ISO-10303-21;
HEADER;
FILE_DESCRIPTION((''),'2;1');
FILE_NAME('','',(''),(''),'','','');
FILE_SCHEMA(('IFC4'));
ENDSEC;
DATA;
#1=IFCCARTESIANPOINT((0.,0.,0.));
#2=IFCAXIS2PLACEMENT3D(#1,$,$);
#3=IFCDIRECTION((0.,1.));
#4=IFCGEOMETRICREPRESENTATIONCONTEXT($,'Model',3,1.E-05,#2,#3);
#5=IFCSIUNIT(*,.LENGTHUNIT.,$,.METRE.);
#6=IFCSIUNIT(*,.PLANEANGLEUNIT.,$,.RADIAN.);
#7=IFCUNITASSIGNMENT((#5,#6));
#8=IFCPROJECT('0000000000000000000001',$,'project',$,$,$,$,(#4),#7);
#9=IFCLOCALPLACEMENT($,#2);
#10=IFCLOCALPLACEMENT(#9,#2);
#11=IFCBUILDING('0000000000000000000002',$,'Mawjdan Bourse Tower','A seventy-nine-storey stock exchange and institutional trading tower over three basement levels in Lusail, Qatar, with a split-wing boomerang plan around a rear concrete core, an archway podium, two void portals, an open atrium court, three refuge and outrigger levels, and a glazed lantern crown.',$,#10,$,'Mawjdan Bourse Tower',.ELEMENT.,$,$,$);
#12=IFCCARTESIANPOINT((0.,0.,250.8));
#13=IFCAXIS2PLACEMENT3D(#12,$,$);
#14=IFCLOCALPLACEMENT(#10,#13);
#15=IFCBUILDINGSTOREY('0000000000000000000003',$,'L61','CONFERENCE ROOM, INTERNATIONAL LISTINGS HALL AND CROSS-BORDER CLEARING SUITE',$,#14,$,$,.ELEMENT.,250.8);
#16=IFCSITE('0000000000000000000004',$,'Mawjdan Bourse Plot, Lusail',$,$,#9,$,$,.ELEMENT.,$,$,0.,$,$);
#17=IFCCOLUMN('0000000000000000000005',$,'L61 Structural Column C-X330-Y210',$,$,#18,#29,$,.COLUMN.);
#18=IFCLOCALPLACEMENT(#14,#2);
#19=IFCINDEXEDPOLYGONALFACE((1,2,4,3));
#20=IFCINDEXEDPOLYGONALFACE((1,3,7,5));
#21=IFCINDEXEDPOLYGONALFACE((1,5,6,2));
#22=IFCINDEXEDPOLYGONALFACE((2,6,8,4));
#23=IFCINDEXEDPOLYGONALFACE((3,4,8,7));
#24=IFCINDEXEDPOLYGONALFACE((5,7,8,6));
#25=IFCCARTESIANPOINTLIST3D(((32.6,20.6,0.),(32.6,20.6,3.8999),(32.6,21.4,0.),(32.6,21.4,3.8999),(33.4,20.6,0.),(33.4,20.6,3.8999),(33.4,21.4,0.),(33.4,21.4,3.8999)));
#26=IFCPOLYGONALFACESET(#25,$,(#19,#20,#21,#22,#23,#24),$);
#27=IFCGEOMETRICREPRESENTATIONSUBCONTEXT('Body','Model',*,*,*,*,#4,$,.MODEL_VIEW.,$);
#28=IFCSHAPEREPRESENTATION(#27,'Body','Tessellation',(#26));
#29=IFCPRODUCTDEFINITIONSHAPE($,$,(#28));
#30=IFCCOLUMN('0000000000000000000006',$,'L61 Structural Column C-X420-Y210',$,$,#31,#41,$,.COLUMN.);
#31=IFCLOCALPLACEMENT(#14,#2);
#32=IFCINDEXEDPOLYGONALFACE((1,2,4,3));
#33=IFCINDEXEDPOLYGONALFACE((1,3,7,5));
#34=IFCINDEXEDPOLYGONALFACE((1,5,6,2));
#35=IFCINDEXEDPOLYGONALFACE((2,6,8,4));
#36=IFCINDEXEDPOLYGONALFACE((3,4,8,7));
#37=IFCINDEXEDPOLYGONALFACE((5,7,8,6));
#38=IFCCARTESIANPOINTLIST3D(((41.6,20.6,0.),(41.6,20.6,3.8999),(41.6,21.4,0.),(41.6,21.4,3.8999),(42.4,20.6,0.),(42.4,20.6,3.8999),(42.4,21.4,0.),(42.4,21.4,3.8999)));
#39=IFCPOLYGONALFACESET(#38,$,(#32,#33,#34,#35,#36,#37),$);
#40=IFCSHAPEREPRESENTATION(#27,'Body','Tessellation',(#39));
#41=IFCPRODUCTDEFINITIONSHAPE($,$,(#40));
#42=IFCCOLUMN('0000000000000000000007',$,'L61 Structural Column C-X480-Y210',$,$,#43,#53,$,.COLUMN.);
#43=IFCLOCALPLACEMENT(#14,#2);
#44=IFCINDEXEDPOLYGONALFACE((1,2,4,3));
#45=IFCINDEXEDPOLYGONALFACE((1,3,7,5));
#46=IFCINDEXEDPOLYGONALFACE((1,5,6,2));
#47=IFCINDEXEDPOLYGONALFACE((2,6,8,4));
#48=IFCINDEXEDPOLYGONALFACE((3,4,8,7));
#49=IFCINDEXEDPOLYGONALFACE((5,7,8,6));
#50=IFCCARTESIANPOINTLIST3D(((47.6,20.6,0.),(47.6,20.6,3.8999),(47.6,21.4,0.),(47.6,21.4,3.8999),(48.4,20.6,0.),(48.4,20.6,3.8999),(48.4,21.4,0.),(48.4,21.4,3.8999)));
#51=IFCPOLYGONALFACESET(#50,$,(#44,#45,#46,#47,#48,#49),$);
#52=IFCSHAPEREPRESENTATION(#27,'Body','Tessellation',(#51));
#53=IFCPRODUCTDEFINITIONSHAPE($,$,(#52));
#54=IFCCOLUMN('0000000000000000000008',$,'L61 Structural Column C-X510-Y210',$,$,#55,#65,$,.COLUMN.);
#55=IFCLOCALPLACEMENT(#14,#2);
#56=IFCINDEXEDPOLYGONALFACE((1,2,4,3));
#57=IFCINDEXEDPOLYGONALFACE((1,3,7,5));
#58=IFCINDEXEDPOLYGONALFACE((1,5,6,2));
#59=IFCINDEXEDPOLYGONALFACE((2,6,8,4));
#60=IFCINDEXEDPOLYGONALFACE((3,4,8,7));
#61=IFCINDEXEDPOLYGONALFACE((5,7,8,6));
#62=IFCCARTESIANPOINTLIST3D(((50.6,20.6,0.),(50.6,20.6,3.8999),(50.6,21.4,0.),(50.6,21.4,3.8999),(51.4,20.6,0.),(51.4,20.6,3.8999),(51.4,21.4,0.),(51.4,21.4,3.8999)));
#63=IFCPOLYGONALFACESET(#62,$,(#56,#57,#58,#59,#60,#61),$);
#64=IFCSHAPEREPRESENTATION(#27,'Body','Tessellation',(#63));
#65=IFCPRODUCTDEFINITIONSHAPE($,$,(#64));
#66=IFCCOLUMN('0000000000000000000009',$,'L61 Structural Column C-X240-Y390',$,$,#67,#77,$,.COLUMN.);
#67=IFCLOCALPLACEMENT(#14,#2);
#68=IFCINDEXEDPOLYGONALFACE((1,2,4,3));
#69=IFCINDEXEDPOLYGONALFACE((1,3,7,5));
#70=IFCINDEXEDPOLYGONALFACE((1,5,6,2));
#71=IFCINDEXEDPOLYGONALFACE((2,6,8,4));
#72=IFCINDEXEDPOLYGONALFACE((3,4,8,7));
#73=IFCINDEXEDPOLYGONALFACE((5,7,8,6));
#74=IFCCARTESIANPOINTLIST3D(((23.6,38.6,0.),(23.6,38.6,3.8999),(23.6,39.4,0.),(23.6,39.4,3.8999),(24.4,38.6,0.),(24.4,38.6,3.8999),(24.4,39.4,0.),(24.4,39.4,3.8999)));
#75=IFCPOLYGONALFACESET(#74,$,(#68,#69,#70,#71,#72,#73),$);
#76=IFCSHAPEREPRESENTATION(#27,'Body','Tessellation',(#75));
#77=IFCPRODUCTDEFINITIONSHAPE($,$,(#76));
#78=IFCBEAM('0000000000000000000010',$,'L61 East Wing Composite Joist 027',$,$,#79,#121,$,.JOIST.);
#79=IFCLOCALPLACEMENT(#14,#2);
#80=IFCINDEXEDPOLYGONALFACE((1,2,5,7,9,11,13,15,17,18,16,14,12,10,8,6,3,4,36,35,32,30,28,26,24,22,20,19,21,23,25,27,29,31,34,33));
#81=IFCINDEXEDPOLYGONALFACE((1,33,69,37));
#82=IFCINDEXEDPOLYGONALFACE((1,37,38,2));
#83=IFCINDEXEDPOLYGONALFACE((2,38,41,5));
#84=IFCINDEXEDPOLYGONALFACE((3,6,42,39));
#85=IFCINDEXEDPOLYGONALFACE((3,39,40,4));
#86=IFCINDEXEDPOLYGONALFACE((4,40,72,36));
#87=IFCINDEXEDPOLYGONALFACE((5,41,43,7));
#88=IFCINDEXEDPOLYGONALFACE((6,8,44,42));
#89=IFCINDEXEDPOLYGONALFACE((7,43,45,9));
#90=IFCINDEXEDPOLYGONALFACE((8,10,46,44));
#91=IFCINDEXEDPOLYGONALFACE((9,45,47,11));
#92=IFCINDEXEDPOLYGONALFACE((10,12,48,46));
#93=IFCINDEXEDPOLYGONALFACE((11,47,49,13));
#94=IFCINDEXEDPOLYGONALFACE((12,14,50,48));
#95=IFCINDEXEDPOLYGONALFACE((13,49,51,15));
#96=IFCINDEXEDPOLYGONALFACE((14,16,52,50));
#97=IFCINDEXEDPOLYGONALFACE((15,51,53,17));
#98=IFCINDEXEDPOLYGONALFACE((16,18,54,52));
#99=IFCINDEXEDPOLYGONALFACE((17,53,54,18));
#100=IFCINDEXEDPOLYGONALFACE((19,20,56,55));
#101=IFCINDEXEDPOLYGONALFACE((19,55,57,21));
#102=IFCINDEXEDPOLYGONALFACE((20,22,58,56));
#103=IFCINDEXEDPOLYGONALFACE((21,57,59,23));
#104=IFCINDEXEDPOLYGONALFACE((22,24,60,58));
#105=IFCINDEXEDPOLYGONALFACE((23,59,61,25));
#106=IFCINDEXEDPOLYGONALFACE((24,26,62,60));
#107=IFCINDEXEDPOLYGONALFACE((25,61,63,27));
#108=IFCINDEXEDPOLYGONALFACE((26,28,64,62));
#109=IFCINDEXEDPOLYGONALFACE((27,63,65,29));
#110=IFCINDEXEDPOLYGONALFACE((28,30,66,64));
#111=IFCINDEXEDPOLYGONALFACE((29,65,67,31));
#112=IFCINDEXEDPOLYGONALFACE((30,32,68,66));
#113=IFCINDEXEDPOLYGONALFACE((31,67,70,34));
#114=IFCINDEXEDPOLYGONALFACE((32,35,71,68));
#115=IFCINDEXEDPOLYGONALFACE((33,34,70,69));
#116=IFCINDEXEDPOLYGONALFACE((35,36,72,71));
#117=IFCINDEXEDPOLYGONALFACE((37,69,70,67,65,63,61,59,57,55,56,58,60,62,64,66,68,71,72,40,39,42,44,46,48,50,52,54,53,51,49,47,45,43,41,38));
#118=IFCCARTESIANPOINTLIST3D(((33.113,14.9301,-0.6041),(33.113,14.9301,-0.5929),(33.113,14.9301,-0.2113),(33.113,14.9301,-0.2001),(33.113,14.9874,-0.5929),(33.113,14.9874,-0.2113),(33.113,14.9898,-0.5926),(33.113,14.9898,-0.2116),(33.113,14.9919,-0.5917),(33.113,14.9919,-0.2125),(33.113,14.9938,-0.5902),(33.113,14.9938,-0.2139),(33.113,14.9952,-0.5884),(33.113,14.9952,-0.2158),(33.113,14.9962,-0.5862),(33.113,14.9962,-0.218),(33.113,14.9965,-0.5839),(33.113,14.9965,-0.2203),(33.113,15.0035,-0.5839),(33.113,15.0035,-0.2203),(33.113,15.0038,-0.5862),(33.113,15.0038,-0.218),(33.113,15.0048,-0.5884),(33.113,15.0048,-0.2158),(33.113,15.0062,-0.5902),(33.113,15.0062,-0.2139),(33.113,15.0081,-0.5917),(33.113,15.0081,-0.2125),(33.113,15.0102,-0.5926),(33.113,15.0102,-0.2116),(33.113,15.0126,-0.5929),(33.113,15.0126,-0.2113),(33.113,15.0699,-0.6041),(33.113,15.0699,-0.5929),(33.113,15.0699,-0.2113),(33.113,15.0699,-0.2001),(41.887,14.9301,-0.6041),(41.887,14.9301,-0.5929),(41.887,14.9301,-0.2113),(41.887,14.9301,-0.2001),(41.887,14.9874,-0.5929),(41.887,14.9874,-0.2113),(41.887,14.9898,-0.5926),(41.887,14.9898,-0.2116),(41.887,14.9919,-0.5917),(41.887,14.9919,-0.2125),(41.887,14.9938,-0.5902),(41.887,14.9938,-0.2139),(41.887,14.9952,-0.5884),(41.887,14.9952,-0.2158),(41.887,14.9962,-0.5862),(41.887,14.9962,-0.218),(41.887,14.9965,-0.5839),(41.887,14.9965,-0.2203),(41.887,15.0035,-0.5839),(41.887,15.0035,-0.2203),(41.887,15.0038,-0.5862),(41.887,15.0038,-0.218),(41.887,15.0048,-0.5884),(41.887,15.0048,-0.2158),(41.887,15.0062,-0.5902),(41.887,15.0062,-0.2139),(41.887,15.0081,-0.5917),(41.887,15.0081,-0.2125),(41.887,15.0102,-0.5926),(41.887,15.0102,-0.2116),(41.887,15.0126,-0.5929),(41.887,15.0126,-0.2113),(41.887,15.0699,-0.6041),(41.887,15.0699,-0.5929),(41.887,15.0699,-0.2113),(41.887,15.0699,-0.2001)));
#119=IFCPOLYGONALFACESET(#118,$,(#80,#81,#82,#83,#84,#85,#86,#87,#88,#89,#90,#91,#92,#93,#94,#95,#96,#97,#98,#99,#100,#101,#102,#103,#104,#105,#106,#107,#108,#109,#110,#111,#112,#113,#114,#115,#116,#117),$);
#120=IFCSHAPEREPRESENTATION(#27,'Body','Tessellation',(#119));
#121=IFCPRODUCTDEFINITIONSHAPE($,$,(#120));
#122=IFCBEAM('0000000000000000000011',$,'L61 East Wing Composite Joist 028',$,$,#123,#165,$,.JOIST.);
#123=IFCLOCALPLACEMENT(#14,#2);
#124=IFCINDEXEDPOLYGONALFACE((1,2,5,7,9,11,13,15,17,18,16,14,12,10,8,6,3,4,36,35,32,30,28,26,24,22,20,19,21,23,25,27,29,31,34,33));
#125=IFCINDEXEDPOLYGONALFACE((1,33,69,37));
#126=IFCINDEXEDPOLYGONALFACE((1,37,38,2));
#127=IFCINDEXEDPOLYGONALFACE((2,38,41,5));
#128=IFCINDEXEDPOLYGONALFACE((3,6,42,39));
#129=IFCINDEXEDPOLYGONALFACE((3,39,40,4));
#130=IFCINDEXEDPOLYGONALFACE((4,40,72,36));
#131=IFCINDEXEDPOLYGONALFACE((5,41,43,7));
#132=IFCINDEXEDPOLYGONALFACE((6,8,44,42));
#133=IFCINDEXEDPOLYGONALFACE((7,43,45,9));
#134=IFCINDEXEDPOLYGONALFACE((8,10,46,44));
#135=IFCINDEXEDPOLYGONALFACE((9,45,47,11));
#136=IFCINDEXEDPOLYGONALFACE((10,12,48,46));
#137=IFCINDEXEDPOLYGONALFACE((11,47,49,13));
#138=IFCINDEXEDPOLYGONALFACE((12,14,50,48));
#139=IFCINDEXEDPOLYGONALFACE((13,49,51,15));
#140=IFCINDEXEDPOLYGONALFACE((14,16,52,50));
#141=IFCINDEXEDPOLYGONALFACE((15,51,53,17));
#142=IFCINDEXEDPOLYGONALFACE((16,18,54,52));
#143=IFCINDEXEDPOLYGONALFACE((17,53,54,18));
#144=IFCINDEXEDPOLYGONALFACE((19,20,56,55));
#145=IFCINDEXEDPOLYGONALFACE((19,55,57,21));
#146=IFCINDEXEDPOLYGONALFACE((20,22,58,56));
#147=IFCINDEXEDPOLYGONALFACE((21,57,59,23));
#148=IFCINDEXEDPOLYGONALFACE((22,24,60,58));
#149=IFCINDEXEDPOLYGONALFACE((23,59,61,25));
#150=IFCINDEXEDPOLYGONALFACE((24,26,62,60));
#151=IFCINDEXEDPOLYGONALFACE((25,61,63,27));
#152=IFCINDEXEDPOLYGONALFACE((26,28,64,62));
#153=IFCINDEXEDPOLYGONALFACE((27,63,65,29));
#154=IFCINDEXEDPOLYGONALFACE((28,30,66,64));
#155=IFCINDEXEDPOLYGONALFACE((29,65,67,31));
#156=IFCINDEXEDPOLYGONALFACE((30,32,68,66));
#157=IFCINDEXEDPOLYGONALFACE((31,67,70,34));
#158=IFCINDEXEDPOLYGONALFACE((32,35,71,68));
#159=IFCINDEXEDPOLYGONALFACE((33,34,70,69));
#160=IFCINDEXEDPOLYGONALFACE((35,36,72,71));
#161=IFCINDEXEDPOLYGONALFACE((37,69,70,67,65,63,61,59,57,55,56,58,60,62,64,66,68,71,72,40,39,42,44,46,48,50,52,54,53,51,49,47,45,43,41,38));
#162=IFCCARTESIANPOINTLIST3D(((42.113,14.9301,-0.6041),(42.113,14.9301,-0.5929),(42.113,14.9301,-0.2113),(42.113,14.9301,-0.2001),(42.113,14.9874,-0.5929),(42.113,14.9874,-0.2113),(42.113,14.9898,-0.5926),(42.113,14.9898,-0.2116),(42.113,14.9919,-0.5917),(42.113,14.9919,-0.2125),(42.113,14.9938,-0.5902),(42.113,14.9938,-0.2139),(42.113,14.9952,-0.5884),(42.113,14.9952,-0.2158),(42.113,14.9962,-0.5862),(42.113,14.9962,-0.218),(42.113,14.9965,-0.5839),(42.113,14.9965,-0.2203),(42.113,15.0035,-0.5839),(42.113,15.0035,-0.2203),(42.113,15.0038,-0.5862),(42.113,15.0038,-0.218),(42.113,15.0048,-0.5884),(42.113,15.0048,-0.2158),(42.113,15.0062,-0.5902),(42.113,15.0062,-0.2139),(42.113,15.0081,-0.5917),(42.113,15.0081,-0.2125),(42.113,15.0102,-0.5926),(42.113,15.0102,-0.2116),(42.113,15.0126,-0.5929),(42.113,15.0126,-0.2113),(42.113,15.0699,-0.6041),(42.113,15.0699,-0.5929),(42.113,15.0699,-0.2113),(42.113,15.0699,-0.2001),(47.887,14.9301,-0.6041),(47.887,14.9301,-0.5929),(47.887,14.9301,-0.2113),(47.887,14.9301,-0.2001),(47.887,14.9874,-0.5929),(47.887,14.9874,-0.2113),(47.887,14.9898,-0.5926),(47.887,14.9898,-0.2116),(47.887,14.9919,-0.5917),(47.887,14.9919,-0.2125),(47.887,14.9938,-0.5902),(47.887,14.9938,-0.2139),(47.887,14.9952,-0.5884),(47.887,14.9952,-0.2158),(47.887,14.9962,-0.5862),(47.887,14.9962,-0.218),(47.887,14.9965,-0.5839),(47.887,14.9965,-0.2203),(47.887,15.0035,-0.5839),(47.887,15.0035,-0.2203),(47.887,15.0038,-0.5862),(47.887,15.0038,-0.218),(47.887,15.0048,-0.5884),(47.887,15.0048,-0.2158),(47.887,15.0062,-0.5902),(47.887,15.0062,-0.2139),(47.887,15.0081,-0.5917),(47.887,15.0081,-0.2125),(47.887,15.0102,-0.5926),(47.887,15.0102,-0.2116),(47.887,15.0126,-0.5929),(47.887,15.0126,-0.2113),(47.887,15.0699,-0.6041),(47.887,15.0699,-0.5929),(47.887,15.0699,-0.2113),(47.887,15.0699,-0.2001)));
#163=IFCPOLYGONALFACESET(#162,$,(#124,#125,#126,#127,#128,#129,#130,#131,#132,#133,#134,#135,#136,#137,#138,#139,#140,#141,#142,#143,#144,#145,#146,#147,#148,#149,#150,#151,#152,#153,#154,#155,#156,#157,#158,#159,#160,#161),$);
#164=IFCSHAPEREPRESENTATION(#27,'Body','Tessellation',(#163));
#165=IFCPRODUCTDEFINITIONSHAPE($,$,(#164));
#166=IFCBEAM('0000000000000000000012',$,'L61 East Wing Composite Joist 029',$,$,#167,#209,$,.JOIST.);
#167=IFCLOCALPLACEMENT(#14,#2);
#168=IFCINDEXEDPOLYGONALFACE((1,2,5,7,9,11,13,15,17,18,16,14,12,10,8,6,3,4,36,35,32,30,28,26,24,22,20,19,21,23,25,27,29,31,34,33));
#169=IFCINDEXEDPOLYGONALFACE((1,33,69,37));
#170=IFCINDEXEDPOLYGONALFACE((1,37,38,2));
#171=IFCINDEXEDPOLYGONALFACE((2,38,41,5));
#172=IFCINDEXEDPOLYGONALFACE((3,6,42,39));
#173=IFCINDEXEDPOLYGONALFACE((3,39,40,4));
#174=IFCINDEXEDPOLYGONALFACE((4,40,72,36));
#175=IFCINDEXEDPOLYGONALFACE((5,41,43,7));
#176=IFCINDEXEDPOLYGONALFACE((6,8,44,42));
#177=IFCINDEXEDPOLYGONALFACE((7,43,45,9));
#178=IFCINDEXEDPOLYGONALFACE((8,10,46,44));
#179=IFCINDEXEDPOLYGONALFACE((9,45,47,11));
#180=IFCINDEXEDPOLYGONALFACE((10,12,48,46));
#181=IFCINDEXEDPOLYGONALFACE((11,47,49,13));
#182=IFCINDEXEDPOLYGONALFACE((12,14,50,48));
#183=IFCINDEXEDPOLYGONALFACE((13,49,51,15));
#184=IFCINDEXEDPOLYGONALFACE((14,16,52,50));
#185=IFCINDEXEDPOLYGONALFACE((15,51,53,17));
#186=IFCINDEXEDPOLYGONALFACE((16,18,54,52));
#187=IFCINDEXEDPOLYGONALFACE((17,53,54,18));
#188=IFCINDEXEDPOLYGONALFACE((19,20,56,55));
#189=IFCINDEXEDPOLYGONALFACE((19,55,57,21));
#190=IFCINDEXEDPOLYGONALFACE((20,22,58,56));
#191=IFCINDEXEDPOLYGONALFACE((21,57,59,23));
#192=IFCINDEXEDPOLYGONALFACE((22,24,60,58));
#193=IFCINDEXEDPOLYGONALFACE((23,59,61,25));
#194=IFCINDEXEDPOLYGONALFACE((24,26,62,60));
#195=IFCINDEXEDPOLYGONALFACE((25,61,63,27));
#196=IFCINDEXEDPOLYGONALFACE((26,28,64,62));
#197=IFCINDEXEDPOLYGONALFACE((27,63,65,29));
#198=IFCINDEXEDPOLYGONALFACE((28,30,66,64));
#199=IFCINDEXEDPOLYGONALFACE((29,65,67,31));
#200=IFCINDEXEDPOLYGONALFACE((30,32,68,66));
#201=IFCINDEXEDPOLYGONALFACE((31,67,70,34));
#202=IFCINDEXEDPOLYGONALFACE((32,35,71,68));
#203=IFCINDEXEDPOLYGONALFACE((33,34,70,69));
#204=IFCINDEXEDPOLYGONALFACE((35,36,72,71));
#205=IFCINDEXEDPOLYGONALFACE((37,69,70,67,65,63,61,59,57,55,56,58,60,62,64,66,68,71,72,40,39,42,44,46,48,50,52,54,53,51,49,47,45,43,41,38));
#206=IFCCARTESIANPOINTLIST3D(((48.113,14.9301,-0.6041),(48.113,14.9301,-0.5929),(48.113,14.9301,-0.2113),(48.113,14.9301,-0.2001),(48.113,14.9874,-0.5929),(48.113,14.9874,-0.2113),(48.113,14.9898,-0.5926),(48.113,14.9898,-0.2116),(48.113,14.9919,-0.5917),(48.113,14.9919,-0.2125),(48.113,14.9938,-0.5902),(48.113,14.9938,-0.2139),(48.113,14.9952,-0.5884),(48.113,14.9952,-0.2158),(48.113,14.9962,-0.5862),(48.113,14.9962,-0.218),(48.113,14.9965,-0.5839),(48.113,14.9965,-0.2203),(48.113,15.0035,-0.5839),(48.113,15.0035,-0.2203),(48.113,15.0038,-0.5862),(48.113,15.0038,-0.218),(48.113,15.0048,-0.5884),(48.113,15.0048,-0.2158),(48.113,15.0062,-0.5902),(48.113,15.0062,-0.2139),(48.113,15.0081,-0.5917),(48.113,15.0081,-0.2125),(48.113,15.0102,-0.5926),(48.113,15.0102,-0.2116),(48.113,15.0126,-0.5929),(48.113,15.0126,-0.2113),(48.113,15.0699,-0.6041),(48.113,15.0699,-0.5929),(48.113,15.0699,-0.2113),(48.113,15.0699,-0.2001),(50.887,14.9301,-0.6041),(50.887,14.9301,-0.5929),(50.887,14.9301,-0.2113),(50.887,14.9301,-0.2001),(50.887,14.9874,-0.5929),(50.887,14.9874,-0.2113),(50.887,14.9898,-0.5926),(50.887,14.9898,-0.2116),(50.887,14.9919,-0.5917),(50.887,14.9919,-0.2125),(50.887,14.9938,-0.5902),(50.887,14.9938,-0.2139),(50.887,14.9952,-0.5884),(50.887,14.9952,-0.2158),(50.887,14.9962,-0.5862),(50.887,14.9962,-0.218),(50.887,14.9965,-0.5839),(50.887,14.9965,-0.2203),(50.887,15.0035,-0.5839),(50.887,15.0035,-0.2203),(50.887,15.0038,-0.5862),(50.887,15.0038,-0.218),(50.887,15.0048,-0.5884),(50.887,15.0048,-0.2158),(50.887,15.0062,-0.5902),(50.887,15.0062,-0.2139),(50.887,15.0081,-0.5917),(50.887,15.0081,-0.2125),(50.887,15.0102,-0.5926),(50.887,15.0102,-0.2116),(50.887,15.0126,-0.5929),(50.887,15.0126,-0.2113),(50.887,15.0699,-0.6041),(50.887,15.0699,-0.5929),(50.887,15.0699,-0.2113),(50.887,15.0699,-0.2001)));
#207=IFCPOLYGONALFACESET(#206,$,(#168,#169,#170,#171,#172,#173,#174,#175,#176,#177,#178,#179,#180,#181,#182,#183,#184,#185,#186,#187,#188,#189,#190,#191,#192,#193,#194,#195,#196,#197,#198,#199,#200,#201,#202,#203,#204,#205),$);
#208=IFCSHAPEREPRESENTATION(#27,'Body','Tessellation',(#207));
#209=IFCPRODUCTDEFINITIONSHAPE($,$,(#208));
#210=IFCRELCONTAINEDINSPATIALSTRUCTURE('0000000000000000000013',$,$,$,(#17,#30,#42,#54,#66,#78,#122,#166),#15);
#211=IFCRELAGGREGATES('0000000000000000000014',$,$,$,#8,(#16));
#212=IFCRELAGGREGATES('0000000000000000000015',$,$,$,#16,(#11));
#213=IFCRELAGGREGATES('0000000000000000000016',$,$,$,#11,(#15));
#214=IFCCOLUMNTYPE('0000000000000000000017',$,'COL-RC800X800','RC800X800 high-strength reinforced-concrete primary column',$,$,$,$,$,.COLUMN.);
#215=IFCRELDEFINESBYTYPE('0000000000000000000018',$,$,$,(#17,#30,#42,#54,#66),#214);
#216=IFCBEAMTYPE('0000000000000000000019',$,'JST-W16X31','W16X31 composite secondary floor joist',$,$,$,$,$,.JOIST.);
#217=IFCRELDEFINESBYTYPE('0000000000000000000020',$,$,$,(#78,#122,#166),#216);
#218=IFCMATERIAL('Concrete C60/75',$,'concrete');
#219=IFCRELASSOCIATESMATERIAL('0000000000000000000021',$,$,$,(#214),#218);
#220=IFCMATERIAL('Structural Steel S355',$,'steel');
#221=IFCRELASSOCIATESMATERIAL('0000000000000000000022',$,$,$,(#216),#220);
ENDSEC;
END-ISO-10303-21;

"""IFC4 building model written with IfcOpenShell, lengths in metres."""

from ifc_helpers import new_model, si_unit, direction, frame, origin, origin_2d, place, context, subcontext, project, spatial, rectangle, i_section, extrude, material, material_profile, profile_set, type_object, element, save


model = new_model("IFC4")

# Units and contexts
model_context = context("Model", 3, precision=1e-05, world=origin(), true_north=direction((0.0, 1.0)))
body_context = subcontext(model_context, "Body", "Model", "MODEL_VIEW")
ifc_project = project(units=[si_unit("LENGTHUNIT", "METRE"), si_unit("PLANEANGLEUNIT", "RADIAN")], contexts=[model_context])

# Site, building, storey
site_placement = place(None, origin())
site = spatial("IfcSite", under=ifc_project, at=site_placement, Name="Mawjdan Bourse Plot, Lusail", CompositionType="ELEMENT", RefElevation=0.0)
building_placement = place(site_placement, origin())
building = spatial("IfcBuilding", under=site, at=building_placement, Name="Mawjdan Bourse Tower", Description="A seventy-nine-storey stock exchange and institutional trading tower over three basement levels in Lusail, Qatar, with a split-wing boomerang plan around a rear concrete core, an archway podium, two void portals, an open atrium court, three refuge and outrigger levels, and a glazed lantern crown.", LongName="Mawjdan Bourse Tower", CompositionType="ELEMENT")
storey_placement = place(building_placement, frame((0.0, 0.0, 250.8)))
storey = spatial("IfcBuildingStorey", under=building, at=storey_placement, Name="L61", Description="CONFERENCE ROOM, INTERNATIONAL LISTINGS HALL AND CROSS-BORDER CLEARING SUITE", CompositionType="ELEMENT", Elevation=250.8)

# Columns
ifc_material_1 = material(Name="Concrete C60/75", Category="concrete")
ifc_material_profile_1 = material_profile(ifc_material_1, rectangle(XDim=0.8, YDim=0.8, at=origin_2d()), Name="RC800X800")
ifc_profile_set_1 = profile_set([ifc_material_profile_1], Name="Concrete C60/75")
column_type = type_object("IfcColumnType", Name="COL-RC800X800", Description="RC800X800 high-strength reinforced-concrete primary column", PredefinedType="COLUMN", material=ifc_profile_set_1)
for number, where, z_axis, x_axis, name in (
    (1, (33.0, 21.0, 0.0), (0.0, 0.0, 1.0), (1.0, 0.0, 0.0), "L61 Structural Column C-X330-Y210"),
    (2, (42.0, 21.0, 0.0), (0.0, 0.0, 1.0), (1.0, 0.0, 0.0), "L61 Structural Column C-X420-Y210"),
    (3, (48.0, 21.0, 0.0), (0.0, 0.0, 1.0), (1.0, 0.0, 0.0), "L61 Structural Column C-X480-Y210"),
    (4, (51.0, 21.0, 0.0), (0.0, 0.0, 1.0), (1.0, 0.0, 0.0), "L61 Structural Column C-X510-Y210"),
    (5, (24.0, 39.0, 0.0), (0.0, 0.0, 1.0), (1.0, 0.0, 0.0), "L61 Structural Column C-X240-Y390"),
):
    element("IfcColumn", number, at=place(storey_placement, frame(where, z_axis=z_axis, x_axis=x_axis)), inside=storey, type_object=column_type, Name=name, PredefinedType="COLUMN", context=body_context, shape_type="SweptSolid", body=[
        extrude(rectangle(XDim=0.8, YDim=0.8, at=origin_2d()), origin(), (0.0, 0.0, 1.0), 3.8999),
    ])

# Beams
ifc_material_2 = material(Name="Structural Steel S355", Category="steel")
ifc_material_profile_2 = material_profile(ifc_material_2, i_section(OverallWidth=0.1399, OverallDepth=0.4041, WebThickness=0.0071, FlangeThickness=0.0112, FilletRadius=0.009, at=origin_2d()), Name="W16X31")
ifc_profile_set_2 = profile_set([ifc_material_profile_2], Name="Structural Steel S355")
beam_type_1 = type_object("IfcBeamType", Name="JST-W16X31", Description="W16X31 composite secondary floor joist", PredefinedType="JOIST", material=ifc_profile_set_2)
beam_1_placement = place(storey_placement, frame((33.113, 15.0, -0.4021), z_axis=(1.0, 0.0, 0.0), x_axis=(0.0, 1.0, 0.0)))
element("IfcBeam", 6, at=beam_1_placement, inside=storey, type_object=beam_type_1, Name="L61 East Wing Composite Joist 027", PredefinedType="JOIST", context=body_context, shape_type="SweptSolid", body=[
    extrude(i_section(OverallWidth=0.1399, OverallDepth=0.4041, WebThickness=0.0071, FlangeThickness=0.0112, FilletRadius=0.009, at=origin_2d()), origin(), (0.0, 0.0, 1.0), 8.7739),
])
beam_2_placement = place(storey_placement, frame((42.113, 15.0, -0.4021), z_axis=(1.0, 0.0, 0.0), x_axis=(0.0, 1.0, 0.0)))
element("IfcBeam", 7, at=beam_2_placement, inside=storey, type_object=beam_type_1, Name="L61 East Wing Composite Joist 028", PredefinedType="JOIST", context=body_context, shape_type="SweptSolid", body=[
    extrude(i_section(OverallWidth=0.1399, OverallDepth=0.4041, WebThickness=0.0071, FlangeThickness=0.0112, FilletRadius=0.009, at=origin_2d()), origin(), (0.0, 0.0, 1.0), 5.7739),
])
beam_3_placement = place(storey_placement, frame((48.113, 15.0, -0.4021), z_axis=(1.0, 0.0, 0.0), x_axis=(0.0, 1.0, 0.0)))
element("IfcBeam", 8, at=beam_3_placement, inside=storey, type_object=beam_type_1, Name="L61 East Wing Composite Joist 029", PredefinedType="JOIST", context=body_context, shape_type="SweptSolid", body=[
    extrude(i_section(OverallWidth=0.1399, OverallDepth=0.4041, WebThickness=0.0071, FlangeThickness=0.0112, FilletRadius=0.009, at=origin_2d()), origin(), (0.0, 0.0, 1.0), 2.7739),
])

save(model, "model.ifc")
